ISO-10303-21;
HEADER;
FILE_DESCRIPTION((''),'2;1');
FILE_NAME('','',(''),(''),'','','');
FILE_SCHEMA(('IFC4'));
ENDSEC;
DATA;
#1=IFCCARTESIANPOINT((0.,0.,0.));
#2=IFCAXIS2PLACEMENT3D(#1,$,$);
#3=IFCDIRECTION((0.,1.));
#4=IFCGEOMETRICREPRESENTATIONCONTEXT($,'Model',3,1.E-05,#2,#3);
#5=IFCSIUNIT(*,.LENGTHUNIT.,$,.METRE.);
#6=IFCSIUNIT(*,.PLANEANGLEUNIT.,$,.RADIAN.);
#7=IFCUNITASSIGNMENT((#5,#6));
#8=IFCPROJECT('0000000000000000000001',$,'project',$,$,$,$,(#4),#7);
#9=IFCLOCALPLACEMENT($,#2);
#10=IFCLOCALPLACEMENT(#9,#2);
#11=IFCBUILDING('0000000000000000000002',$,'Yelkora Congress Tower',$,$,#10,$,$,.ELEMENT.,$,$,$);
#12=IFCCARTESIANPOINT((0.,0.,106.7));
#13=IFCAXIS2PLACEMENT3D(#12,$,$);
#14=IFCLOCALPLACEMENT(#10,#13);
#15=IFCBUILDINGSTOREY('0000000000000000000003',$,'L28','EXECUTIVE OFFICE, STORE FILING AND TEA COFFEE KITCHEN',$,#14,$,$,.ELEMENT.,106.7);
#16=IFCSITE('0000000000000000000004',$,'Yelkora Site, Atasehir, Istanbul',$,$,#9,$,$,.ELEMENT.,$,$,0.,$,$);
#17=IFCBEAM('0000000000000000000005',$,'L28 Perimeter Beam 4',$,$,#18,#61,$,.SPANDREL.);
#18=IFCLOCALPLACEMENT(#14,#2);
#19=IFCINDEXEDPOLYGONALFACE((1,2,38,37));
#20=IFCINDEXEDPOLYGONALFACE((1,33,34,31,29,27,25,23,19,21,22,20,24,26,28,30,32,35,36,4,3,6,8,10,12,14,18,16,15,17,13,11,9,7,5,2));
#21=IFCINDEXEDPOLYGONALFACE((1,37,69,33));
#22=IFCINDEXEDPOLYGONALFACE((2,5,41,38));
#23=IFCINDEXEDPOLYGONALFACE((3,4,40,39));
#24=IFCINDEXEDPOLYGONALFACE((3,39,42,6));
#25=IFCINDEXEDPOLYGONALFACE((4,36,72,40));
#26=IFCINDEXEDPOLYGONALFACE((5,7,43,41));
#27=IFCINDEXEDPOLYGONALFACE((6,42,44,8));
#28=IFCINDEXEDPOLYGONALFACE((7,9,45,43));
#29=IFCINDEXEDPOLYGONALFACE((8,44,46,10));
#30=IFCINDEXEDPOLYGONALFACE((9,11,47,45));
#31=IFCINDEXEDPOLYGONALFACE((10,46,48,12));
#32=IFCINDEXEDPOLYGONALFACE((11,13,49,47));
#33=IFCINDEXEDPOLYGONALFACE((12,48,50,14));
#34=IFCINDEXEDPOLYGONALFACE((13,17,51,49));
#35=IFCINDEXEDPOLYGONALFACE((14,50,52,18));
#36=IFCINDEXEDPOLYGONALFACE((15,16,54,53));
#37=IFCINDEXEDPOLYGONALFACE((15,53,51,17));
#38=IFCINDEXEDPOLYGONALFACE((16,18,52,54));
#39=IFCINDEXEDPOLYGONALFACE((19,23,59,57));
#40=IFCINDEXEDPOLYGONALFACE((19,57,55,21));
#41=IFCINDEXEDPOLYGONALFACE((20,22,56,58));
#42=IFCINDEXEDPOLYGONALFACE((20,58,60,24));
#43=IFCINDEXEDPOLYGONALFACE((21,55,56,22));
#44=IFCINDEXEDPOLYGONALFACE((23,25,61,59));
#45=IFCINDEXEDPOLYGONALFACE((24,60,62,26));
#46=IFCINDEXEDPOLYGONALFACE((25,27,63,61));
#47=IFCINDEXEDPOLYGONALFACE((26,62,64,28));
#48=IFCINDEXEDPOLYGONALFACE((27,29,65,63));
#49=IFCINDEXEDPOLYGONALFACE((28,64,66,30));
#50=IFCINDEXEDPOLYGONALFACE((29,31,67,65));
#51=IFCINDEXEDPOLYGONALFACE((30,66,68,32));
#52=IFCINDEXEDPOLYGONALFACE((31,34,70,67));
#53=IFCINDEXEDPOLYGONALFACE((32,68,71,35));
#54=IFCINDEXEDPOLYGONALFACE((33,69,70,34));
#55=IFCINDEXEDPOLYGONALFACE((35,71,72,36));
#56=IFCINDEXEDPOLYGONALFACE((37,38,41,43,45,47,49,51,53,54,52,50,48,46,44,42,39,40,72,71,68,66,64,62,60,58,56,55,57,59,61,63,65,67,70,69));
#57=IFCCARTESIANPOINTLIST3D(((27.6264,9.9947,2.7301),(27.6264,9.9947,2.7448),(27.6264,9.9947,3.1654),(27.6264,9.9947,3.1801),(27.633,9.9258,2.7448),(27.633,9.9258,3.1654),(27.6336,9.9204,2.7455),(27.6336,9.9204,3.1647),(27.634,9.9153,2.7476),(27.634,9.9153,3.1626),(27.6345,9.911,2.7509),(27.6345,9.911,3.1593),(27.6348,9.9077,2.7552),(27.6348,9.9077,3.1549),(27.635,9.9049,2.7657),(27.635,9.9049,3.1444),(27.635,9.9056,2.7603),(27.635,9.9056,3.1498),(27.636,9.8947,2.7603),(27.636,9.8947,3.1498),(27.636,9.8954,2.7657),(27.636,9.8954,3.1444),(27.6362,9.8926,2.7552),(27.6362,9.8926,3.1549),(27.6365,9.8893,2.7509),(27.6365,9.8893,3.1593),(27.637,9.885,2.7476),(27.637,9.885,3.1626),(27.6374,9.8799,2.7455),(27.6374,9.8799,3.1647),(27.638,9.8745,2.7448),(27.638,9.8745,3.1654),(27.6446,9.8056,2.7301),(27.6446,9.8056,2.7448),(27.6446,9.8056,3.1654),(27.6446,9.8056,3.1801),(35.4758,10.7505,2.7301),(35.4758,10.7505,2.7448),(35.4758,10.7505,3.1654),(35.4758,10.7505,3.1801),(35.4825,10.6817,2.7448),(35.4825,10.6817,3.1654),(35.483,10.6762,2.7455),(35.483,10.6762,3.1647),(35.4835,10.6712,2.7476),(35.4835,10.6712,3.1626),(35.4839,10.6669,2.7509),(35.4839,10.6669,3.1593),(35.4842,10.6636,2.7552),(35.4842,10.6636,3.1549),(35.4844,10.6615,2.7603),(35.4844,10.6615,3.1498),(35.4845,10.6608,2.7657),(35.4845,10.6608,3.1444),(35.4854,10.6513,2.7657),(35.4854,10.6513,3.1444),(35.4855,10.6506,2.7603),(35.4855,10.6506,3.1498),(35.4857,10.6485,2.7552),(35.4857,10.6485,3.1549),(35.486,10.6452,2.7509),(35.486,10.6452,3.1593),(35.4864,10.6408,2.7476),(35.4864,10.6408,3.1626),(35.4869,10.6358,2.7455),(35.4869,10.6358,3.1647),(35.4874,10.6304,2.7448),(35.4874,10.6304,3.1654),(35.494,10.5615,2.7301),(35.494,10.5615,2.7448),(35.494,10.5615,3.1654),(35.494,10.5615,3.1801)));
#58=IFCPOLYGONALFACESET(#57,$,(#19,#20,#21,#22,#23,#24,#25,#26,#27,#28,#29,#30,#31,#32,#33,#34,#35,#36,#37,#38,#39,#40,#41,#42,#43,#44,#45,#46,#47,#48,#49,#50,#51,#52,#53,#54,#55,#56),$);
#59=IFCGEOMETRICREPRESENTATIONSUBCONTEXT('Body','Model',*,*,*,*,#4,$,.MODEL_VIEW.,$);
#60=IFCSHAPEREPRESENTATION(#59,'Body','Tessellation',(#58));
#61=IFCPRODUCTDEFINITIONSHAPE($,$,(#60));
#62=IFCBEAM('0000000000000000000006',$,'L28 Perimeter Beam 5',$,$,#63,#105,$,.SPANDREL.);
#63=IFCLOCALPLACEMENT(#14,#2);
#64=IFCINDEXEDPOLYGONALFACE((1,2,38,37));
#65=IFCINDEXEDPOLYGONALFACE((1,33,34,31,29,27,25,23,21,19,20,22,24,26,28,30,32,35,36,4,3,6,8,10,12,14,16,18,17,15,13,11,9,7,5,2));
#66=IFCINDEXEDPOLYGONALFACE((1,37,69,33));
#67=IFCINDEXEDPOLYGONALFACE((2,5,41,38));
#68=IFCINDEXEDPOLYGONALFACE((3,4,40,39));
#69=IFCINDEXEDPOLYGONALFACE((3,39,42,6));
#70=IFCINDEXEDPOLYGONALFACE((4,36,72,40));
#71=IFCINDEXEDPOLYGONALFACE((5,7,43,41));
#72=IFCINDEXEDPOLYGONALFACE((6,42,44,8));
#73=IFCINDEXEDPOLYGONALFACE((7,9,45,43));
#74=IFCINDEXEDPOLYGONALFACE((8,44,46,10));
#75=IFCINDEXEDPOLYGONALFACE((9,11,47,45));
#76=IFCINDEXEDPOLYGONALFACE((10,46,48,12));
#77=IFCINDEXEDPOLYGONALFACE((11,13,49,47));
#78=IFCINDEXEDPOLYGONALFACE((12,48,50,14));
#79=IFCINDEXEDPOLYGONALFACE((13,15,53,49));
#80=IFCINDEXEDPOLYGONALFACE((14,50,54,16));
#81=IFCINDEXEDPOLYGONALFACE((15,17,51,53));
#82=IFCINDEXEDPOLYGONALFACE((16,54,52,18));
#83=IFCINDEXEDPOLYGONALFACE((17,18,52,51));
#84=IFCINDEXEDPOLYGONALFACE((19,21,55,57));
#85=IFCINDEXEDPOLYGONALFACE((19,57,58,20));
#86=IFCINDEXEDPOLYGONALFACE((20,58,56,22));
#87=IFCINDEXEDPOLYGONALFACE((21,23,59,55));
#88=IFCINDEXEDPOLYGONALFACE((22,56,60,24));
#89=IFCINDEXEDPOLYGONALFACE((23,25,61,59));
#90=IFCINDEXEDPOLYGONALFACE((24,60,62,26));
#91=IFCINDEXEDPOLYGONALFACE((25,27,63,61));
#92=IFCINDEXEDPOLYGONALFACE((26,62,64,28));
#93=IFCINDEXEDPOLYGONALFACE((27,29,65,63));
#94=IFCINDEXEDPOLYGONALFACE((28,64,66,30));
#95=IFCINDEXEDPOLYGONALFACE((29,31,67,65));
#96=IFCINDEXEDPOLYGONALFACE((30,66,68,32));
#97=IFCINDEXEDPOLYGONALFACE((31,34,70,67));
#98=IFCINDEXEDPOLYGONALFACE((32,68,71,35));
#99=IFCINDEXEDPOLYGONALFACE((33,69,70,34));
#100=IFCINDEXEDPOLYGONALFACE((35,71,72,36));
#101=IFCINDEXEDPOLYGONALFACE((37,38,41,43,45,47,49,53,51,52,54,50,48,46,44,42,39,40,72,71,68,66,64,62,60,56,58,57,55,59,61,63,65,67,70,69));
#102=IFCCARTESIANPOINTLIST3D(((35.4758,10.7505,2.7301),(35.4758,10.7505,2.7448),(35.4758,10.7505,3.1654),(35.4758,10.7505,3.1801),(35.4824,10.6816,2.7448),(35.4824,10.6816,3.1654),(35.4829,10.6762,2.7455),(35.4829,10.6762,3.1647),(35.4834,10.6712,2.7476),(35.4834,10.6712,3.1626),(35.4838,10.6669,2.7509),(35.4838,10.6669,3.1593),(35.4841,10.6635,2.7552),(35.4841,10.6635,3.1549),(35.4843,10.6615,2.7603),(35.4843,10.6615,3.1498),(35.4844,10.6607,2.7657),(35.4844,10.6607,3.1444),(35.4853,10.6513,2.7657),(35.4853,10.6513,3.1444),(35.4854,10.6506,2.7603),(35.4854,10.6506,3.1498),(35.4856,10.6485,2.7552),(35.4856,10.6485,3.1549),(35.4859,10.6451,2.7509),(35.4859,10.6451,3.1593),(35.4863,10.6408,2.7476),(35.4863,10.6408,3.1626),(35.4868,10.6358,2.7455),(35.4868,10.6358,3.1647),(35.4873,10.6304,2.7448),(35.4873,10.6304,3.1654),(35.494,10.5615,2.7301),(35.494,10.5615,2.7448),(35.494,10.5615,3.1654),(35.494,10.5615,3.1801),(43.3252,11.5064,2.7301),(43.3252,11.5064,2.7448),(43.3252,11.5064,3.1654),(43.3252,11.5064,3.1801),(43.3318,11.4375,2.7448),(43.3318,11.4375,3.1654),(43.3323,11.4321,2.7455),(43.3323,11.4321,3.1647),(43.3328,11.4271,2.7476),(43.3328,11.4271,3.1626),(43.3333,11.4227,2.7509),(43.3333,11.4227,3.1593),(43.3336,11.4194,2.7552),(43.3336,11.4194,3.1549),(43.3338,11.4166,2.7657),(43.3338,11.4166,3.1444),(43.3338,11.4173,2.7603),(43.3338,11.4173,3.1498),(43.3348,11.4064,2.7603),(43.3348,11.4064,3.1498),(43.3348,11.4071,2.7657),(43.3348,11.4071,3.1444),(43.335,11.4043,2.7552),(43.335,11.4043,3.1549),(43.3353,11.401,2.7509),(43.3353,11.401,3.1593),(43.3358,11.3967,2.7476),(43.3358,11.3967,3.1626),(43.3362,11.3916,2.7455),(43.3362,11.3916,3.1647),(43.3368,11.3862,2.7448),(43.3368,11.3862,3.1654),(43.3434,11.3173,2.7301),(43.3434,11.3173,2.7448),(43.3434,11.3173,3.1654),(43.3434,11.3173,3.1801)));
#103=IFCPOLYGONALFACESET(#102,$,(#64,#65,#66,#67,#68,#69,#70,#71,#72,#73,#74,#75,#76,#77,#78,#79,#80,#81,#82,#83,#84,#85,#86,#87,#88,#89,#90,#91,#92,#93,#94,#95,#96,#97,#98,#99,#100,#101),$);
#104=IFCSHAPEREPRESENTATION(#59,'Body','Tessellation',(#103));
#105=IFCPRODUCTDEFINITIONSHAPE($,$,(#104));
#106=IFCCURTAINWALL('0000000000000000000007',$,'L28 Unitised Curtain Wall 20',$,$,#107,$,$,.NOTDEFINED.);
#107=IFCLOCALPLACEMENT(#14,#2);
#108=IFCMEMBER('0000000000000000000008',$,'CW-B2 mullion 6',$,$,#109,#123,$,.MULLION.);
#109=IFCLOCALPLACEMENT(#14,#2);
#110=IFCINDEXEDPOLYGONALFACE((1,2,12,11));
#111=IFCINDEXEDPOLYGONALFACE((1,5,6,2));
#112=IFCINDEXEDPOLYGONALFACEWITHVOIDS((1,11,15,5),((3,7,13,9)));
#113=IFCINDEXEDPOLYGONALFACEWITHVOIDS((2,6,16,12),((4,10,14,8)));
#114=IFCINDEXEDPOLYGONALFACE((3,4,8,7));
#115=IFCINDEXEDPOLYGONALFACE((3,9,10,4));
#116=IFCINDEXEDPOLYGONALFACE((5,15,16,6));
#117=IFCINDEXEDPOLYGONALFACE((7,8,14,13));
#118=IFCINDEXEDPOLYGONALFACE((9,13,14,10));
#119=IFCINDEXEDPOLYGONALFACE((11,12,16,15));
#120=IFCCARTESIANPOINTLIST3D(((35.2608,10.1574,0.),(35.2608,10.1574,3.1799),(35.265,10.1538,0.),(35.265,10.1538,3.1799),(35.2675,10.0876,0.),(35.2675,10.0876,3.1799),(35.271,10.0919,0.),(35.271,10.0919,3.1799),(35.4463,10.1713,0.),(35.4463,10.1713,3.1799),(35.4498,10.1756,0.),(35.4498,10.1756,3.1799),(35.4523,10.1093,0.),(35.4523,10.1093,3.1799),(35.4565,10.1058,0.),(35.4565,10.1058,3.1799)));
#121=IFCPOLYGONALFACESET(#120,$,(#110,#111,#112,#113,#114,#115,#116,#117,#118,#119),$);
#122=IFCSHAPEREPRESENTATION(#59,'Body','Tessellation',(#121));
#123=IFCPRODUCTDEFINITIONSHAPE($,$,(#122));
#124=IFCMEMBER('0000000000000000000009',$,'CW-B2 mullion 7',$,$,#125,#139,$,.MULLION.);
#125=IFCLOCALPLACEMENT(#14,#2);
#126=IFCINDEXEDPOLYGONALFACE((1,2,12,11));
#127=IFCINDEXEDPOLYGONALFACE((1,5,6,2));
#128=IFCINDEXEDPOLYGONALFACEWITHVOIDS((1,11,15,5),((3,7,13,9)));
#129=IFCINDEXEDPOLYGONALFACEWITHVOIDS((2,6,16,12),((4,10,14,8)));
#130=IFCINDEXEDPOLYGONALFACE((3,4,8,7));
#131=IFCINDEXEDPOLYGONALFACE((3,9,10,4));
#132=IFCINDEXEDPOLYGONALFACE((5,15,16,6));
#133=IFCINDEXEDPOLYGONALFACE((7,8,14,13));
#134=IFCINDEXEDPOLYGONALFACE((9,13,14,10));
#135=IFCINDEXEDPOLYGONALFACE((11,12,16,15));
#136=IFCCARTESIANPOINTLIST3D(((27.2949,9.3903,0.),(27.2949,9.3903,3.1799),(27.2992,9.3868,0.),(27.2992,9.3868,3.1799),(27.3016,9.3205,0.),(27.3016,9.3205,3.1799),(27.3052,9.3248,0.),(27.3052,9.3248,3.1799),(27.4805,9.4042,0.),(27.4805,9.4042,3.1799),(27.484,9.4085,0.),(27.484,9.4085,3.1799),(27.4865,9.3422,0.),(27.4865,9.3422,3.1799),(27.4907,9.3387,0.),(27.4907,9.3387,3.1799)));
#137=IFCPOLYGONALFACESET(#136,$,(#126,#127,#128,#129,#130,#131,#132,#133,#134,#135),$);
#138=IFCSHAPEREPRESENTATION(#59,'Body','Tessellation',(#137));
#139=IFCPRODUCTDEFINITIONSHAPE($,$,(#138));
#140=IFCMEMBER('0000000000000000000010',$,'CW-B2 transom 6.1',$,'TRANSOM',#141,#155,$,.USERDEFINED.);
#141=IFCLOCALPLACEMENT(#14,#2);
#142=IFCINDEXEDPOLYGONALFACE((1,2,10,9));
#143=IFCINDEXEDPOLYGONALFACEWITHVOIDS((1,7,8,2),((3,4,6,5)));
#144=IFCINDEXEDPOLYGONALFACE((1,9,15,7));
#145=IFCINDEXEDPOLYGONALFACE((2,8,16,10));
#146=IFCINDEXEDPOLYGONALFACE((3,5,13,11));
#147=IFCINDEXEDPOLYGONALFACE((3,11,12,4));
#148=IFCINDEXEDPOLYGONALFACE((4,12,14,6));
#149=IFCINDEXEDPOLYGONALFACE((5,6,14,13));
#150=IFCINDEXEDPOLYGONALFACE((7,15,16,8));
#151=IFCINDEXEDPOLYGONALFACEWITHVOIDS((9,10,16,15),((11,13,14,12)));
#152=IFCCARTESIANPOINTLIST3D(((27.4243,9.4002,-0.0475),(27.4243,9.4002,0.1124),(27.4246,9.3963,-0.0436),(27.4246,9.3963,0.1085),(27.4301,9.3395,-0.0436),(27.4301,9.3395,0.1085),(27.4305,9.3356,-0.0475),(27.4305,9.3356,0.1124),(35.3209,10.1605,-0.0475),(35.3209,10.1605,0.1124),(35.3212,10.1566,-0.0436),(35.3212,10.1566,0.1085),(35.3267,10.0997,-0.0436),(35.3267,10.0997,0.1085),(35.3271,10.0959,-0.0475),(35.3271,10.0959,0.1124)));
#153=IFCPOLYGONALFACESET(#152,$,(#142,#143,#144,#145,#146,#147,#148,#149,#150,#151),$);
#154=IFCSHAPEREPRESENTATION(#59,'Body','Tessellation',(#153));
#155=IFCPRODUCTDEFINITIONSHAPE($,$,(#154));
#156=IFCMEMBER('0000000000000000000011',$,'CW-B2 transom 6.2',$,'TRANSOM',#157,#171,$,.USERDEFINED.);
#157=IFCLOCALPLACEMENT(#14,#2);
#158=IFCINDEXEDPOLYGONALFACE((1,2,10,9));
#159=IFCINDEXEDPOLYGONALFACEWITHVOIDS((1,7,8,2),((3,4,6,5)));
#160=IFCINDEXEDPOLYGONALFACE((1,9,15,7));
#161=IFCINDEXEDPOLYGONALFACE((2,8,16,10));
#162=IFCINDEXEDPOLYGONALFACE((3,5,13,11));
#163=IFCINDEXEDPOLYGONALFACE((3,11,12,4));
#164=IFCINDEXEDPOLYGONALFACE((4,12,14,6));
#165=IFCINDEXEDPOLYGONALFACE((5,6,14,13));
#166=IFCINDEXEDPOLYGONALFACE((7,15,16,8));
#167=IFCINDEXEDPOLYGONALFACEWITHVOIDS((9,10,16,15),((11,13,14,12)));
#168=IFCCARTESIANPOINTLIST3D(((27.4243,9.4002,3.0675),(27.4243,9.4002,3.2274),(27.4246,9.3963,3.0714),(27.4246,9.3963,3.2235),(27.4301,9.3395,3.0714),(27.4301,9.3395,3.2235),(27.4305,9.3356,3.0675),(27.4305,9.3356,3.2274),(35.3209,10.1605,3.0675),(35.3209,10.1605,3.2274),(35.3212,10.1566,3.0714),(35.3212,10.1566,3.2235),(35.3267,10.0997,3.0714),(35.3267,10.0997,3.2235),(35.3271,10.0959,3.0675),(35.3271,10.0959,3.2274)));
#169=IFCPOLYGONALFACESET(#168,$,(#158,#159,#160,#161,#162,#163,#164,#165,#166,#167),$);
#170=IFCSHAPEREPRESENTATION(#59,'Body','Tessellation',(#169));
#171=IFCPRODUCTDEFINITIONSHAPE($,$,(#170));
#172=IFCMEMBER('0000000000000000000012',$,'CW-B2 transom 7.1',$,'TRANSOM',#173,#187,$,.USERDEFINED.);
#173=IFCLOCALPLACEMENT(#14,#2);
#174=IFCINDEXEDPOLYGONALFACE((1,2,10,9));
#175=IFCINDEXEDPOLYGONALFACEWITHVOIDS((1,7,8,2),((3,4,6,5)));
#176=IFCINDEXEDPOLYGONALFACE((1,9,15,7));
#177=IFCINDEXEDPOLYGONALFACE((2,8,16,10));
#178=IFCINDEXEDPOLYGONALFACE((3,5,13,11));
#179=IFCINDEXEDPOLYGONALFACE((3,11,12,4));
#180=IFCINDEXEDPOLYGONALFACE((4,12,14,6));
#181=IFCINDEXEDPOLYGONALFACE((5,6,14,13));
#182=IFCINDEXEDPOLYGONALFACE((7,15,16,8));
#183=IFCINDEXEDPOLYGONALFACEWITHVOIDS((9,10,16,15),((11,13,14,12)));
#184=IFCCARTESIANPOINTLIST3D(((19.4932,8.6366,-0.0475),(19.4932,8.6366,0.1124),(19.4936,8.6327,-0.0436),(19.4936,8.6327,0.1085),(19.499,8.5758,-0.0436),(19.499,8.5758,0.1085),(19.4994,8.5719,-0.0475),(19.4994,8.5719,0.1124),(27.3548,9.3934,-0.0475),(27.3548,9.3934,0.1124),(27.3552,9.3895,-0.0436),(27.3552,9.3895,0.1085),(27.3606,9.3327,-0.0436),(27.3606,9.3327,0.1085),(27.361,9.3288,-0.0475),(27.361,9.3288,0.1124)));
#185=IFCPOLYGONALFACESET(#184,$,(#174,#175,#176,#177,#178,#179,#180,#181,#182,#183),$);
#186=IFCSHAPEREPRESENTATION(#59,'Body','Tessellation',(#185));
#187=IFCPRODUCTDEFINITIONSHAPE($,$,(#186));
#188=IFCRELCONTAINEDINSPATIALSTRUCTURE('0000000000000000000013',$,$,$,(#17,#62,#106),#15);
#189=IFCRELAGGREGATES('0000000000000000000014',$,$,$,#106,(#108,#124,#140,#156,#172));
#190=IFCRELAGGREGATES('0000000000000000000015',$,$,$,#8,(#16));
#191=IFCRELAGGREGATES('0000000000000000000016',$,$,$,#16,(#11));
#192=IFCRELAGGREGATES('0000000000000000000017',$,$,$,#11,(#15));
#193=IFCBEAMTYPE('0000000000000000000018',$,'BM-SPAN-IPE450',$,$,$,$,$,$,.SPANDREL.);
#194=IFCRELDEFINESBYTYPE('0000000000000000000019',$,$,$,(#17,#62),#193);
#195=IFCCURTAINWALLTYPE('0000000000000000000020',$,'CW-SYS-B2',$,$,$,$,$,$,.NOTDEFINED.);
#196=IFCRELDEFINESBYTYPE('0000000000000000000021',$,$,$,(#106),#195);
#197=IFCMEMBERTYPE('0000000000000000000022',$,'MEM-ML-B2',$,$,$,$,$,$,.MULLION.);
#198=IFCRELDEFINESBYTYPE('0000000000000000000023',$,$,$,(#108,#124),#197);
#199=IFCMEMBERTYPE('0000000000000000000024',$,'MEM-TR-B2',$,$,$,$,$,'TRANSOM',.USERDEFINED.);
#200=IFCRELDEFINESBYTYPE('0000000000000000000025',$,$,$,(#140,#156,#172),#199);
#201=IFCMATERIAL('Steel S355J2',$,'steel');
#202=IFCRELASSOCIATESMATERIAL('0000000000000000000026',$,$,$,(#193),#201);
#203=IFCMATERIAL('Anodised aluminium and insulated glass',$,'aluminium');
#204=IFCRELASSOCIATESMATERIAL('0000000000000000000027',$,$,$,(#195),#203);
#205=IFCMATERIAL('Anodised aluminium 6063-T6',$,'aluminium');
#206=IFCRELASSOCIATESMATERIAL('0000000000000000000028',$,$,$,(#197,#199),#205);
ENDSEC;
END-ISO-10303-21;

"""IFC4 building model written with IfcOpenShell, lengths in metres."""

from ifc_helpers import new_model, si_unit, direction, frame, origin, origin_2d, place, context, subcontext, project, spatial, hollow_rectangle, i_section, extrude, material, material_profile, profile_set, type_object, element, aggregate, save


model = new_model("IFC4")

# Units and contexts
model_context = context("Model", 3, precision=1e-05, world=origin(), true_north=direction((0.0, 1.0)))
body_context = subcontext(model_context, "Body", "Model", "MODEL_VIEW")
ifc_project = project(units=[si_unit("LENGTHUNIT", "METRE"), si_unit("PLANEANGLEUNIT", "RADIAN")], contexts=[model_context])

# Site, building, storey
site_placement = place(None, origin())
site = spatial("IfcSite", under=ifc_project, at=site_placement, Name="Yelkora Site, Atasehir, Istanbul", CompositionType="ELEMENT", RefElevation=0.0)
building_placement = place(site_placement, origin())
building = spatial("IfcBuilding", under=site, at=building_placement, Name="Yelkora Congress Tower", CompositionType="ELEMENT")
storey_placement = place(building_placement, frame((0.0, 0.0, 106.7)))
storey = spatial("IfcBuildingStorey", under=building, at=storey_placement, Name="L28", Description="EXECUTIVE OFFICE, STORE FILING AND TEA COFFEE KITCHEN", CompositionType="ELEMENT", Elevation=106.7)

# Beams
ifc_material_1 = material(Name="Steel S355J2", Category="steel")
ifc_material_profile_1 = material_profile(ifc_material_1, i_section(OverallWidth=0.1899, OverallDepth=0.45, WebThickness=0.0095, FlangeThickness=0.0146, FilletRadius=0.021, at=origin_2d()), Name="IPE 450")
ifc_profile_set_1 = profile_set([ifc_material_profile_1], Name="Steel S355J2")
beam_type_1 = type_object("IfcBeamType", Name="BM-SPAN-IPE450", PredefinedType="SPANDREL", material=ifc_profile_set_1)
for number, where, z_axis, x_axis, name in (
    (1, (27.6355, 9.9001, 2.9551), (0.995396, 0.095852, 0.0), (-0.095852, 0.995396, 0.0), "L28 Perimeter Beam 4"),
    (2, (35.4849, 10.656, 2.9551), (0.995396, 0.095852, 0.0), (-0.095852, 0.995396, 0.0), "L28 Perimeter Beam 5"),
):
    element("IfcBeam", number, at=place(storey_placement, frame(where, z_axis=z_axis, x_axis=x_axis)), inside=storey, type_object=beam_type_1, Name=name, PredefinedType="SPANDREL", context=body_context, shape_type="SweptSolid", body=[
        extrude(i_section(OverallWidth=0.1899, OverallDepth=0.45, WebThickness=0.0095, FlangeThickness=0.0146, FilletRadius=0.021, at=origin_2d()), origin(), (0.0, 0.0, 1.0), 7.8857),
    ])

# Curtain wall, members
ifc_material_2 = material(Name="Anodised aluminium and insulated glass", Category="aluminium")
curtain_wall_type = type_object("IfcCurtainWallType", Name="CW-SYS-B2", PredefinedType="NOTDEFINED", material=ifc_material_2)
curtain_wall_placement = place(storey_placement, origin())
curtain_wall = element("IfcCurtainWall", 3, at=curtain_wall_placement, inside=storey, type_object=curtain_wall_type, Name="L28 Unitised Curtain Wall 20", PredefinedType="NOTDEFINED")
ifc_material_3 = material(Name="Anodised aluminium 6063-T6", Category="aluminium")
ifc_material_profile_2 = material_profile(ifc_material_3, hollow_rectangle(XDim=0.0701, YDim=0.1899, WallThickness=0.0039, at=origin_2d()), Name="ALU 70x190x4")
ifc_profile_set_2 = profile_set([ifc_material_profile_2], Name="Anodised aluminium 6063-T6")
member_type_1 = type_object("IfcMemberType", Name="MEM-ML-B2", PredefinedType="MULLION", material=ifc_profile_set_2)
member_1_placement = place(storey_placement, frame((35.3586, 10.1316, 0.0), z_axis=(0.0, 0.0, 1.0), x_axis=(0.095844, -0.995396, 0.0)))
member_1 = element("IfcMember", 4, at=member_1_placement, type_object=member_type_1, Name="CW-B2 mullion 6", PredefinedType="MULLION", context=body_context, shape_type="SweptSolid", body=[
    extrude(hollow_rectangle(XDim=0.0701, YDim=0.1899, WallThickness=0.0039, at=origin_2d()), origin(), (0.0, 0.0, 1.0), 3.1799),
])
member_2_placement = place(storey_placement, frame((27.3928, 9.3645, 0.0), z_axis=(0.0, 0.0, 1.0), x_axis=(0.095844, -0.995396, 0.0)))
member_2 = element("IfcMember", 5, at=member_2_placement, type_object=member_type_1, Name="CW-B2 mullion 7", PredefinedType="MULLION", context=body_context, shape_type="SweptSolid", body=[
    extrude(hollow_rectangle(XDim=0.0701, YDim=0.1899, WallThickness=0.0039, at=origin_2d()), origin(), (0.0, 0.0, 1.0), 3.1799),
])
ifc_material_profile_3 = material_profile(ifc_material_3, hollow_rectangle(XDim=0.0649, YDim=0.1599, WallThickness=0.0039, at=origin_2d()), Name="ALU 65x160x4")
ifc_profile_set_3 = profile_set([ifc_material_profile_3], Name="Anodised aluminium 6063-T6")
member_type_2 = type_object("IfcMemberType", Name="MEM-TR-B2", ElementType="TRANSOM", PredefinedType="USERDEFINED", material=ifc_profile_set_3)
member_3_placement = place(storey_placement, frame((35.324, 10.1282, 0.0325), z_axis=(-0.995397, -0.095834, 0.0), x_axis=(0.095834, -0.995397, 0.0)))
member_3 = element("IfcMember", 6, at=member_3_placement, type_object=member_type_2, Name="CW-B2 transom 6.1", ObjectType="TRANSOM", PredefinedType="USERDEFINED", context=body_context, shape_type="SweptSolid", body=[
    extrude(hollow_rectangle(XDim=0.0649, YDim=0.1599, WallThickness=0.0039, at=origin_2d()), origin(), (0.0, 0.0, 1.0), 7.9331),
])
member_4_placement = place(storey_placement, frame((35.324, 10.1282, 3.1475), z_axis=(-0.995397, -0.095834, 0.0), x_axis=(0.095834, -0.995397, 0.0)))
member_4 = element("IfcMember", 7, at=member_4_placement, type_object=member_type_2, Name="CW-B2 transom 6.2", ObjectType="TRANSOM", PredefinedType="USERDEFINED", context=body_context, shape_type="SweptSolid", body=[
    extrude(hollow_rectangle(XDim=0.0649, YDim=0.1599, WallThickness=0.0039, at=origin_2d()), origin(), (0.0, 0.0, 1.0), 7.9331),
])
member_5_placement = place(storey_placement, frame((27.3579, 9.3611, 0.0325), z_axis=(-0.995398, -0.095827, 0.0), x_axis=(0.095827, -0.995398, 0.0)))
member_5 = element("IfcMember", 8, at=member_5_placement, type_object=member_type_2, Name="CW-B2 transom 7.1", ObjectType="TRANSOM", PredefinedType="USERDEFINED", context=body_context, shape_type="SweptSolid", body=[
    extrude(hollow_rectangle(XDim=0.0649, YDim=0.1599, WallThickness=0.0039, at=origin_2d()), origin(), (0.0, 0.0, 1.0), 7.8979),
])
aggregate(curtain_wall, [member_1, member_2, member_3, member_4, member_5])

save(model, "model.ifc")
